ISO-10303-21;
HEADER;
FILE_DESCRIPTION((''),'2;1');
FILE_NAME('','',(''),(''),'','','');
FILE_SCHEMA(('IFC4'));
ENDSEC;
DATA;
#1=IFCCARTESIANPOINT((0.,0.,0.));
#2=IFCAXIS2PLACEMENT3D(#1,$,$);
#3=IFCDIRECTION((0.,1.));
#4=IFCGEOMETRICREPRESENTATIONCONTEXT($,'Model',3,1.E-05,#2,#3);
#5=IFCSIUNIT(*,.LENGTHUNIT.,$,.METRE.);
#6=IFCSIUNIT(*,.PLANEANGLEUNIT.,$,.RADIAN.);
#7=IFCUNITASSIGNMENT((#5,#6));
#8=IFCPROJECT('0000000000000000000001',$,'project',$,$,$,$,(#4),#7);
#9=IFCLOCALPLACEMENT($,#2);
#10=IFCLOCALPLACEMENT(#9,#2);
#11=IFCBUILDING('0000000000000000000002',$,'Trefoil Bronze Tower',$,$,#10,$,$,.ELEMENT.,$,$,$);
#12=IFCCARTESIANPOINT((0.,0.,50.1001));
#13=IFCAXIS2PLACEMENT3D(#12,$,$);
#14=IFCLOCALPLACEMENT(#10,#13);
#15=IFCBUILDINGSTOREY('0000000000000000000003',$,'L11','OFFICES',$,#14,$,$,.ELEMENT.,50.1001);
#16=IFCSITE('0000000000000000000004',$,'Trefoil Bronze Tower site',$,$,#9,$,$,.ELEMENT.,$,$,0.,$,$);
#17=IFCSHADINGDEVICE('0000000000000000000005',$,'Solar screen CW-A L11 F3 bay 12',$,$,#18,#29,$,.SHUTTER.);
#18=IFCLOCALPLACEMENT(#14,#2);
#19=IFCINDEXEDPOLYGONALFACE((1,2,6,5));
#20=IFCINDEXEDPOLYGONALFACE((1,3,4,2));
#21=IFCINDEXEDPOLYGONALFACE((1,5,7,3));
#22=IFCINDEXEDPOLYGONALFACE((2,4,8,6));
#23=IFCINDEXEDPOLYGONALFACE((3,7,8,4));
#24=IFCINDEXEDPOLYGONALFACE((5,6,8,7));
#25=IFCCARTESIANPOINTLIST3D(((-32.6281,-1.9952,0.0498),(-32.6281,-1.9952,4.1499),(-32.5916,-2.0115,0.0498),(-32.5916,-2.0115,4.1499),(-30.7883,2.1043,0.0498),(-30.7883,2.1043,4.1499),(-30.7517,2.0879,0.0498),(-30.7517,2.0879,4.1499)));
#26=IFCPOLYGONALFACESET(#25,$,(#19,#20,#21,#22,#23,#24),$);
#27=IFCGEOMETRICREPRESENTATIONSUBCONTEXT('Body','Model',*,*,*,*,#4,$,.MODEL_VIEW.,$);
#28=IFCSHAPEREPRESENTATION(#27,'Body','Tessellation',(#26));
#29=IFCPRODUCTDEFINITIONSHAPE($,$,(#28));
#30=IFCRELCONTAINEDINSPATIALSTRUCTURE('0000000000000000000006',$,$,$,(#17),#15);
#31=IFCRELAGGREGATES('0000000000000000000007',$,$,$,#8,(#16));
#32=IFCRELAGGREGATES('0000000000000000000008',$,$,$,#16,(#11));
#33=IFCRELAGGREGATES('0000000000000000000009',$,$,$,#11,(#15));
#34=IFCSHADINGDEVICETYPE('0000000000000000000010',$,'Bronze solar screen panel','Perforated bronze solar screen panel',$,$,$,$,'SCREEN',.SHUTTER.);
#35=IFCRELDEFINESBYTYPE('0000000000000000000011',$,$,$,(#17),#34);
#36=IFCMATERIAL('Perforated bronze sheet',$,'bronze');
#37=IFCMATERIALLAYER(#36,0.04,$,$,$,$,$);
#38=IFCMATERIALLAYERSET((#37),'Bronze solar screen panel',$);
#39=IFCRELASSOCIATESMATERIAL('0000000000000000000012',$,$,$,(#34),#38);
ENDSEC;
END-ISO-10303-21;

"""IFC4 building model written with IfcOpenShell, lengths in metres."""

from ifc_helpers import new_model, si_unit, direction, frame, origin, origin_2d, place, context, subcontext, project, spatial, rectangle, extrude, material, layer, layer_set, type_object, element, save


model = new_model("IFC4")

# Units and contexts
model_context = context("Model", 3, precision=1e-05, world=origin(), true_north=direction((0.0, 1.0)))
body_context = subcontext(model_context, "Body", "Model", "MODEL_VIEW")
ifc_project = project(units=[si_unit("LENGTHUNIT", "METRE"), si_unit("PLANEANGLEUNIT", "RADIAN")], contexts=[model_context])

# Site, building, storey
site_placement = place(None, origin())
site = spatial("IfcSite", under=ifc_project, at=site_placement, Name="Trefoil Bronze Tower site", CompositionType="ELEMENT", RefElevation=0.0)
building_placement = place(site_placement, origin())
building = spatial("IfcBuilding", under=site, at=building_placement, Name="Trefoil Bronze Tower", CompositionType="ELEMENT")
storey_placement = place(building_placement, frame((0.0, 0.0, 50.1001)))
storey = spatial("IfcBuildingStorey", under=building, at=storey_placement, Name="L11", Description="OFFICES", CompositionType="ELEMENT", Elevation=50.1001)

# Shading device
ifc_material_1 = material(Name="Perforated bronze sheet", Category="bronze")
ifc_layer_1 = layer(ifc_material_1, 0.04)
ifc_layer_set_1 = layer_set([ifc_layer_1], Name="Bronze solar screen panel")
shading_device_type = type_object("IfcShadingDeviceType", Name="Bronze solar screen panel", Description="Perforated bronze solar screen panel", ElementType="SCREEN", PredefinedType="SHUTTER", material=ifc_layer_set_1)
shading_device_1_placement = place(storey_placement, frame((-31.6899, 0.0464, 0.0498), z_axis=(0.0, 0.0, 1.0), x_axis=(-0.409456, -0.91233, 0.0)))
element("IfcShadingDevice", 1, at=shading_device_1_placement, inside=storey, type_object=shading_device_type, Name="Solar screen CW-A L11 F3 bay 12", PredefinedType="SHUTTER", context=body_context, shape_type="SweptSolid", body=[
    extrude(rectangle(XDim=4.4934, YDim=0.04, at=origin_2d()), origin(), (0.0, 0.0, 1.0), 4.1001),
])

save(model, "model.ifc")
